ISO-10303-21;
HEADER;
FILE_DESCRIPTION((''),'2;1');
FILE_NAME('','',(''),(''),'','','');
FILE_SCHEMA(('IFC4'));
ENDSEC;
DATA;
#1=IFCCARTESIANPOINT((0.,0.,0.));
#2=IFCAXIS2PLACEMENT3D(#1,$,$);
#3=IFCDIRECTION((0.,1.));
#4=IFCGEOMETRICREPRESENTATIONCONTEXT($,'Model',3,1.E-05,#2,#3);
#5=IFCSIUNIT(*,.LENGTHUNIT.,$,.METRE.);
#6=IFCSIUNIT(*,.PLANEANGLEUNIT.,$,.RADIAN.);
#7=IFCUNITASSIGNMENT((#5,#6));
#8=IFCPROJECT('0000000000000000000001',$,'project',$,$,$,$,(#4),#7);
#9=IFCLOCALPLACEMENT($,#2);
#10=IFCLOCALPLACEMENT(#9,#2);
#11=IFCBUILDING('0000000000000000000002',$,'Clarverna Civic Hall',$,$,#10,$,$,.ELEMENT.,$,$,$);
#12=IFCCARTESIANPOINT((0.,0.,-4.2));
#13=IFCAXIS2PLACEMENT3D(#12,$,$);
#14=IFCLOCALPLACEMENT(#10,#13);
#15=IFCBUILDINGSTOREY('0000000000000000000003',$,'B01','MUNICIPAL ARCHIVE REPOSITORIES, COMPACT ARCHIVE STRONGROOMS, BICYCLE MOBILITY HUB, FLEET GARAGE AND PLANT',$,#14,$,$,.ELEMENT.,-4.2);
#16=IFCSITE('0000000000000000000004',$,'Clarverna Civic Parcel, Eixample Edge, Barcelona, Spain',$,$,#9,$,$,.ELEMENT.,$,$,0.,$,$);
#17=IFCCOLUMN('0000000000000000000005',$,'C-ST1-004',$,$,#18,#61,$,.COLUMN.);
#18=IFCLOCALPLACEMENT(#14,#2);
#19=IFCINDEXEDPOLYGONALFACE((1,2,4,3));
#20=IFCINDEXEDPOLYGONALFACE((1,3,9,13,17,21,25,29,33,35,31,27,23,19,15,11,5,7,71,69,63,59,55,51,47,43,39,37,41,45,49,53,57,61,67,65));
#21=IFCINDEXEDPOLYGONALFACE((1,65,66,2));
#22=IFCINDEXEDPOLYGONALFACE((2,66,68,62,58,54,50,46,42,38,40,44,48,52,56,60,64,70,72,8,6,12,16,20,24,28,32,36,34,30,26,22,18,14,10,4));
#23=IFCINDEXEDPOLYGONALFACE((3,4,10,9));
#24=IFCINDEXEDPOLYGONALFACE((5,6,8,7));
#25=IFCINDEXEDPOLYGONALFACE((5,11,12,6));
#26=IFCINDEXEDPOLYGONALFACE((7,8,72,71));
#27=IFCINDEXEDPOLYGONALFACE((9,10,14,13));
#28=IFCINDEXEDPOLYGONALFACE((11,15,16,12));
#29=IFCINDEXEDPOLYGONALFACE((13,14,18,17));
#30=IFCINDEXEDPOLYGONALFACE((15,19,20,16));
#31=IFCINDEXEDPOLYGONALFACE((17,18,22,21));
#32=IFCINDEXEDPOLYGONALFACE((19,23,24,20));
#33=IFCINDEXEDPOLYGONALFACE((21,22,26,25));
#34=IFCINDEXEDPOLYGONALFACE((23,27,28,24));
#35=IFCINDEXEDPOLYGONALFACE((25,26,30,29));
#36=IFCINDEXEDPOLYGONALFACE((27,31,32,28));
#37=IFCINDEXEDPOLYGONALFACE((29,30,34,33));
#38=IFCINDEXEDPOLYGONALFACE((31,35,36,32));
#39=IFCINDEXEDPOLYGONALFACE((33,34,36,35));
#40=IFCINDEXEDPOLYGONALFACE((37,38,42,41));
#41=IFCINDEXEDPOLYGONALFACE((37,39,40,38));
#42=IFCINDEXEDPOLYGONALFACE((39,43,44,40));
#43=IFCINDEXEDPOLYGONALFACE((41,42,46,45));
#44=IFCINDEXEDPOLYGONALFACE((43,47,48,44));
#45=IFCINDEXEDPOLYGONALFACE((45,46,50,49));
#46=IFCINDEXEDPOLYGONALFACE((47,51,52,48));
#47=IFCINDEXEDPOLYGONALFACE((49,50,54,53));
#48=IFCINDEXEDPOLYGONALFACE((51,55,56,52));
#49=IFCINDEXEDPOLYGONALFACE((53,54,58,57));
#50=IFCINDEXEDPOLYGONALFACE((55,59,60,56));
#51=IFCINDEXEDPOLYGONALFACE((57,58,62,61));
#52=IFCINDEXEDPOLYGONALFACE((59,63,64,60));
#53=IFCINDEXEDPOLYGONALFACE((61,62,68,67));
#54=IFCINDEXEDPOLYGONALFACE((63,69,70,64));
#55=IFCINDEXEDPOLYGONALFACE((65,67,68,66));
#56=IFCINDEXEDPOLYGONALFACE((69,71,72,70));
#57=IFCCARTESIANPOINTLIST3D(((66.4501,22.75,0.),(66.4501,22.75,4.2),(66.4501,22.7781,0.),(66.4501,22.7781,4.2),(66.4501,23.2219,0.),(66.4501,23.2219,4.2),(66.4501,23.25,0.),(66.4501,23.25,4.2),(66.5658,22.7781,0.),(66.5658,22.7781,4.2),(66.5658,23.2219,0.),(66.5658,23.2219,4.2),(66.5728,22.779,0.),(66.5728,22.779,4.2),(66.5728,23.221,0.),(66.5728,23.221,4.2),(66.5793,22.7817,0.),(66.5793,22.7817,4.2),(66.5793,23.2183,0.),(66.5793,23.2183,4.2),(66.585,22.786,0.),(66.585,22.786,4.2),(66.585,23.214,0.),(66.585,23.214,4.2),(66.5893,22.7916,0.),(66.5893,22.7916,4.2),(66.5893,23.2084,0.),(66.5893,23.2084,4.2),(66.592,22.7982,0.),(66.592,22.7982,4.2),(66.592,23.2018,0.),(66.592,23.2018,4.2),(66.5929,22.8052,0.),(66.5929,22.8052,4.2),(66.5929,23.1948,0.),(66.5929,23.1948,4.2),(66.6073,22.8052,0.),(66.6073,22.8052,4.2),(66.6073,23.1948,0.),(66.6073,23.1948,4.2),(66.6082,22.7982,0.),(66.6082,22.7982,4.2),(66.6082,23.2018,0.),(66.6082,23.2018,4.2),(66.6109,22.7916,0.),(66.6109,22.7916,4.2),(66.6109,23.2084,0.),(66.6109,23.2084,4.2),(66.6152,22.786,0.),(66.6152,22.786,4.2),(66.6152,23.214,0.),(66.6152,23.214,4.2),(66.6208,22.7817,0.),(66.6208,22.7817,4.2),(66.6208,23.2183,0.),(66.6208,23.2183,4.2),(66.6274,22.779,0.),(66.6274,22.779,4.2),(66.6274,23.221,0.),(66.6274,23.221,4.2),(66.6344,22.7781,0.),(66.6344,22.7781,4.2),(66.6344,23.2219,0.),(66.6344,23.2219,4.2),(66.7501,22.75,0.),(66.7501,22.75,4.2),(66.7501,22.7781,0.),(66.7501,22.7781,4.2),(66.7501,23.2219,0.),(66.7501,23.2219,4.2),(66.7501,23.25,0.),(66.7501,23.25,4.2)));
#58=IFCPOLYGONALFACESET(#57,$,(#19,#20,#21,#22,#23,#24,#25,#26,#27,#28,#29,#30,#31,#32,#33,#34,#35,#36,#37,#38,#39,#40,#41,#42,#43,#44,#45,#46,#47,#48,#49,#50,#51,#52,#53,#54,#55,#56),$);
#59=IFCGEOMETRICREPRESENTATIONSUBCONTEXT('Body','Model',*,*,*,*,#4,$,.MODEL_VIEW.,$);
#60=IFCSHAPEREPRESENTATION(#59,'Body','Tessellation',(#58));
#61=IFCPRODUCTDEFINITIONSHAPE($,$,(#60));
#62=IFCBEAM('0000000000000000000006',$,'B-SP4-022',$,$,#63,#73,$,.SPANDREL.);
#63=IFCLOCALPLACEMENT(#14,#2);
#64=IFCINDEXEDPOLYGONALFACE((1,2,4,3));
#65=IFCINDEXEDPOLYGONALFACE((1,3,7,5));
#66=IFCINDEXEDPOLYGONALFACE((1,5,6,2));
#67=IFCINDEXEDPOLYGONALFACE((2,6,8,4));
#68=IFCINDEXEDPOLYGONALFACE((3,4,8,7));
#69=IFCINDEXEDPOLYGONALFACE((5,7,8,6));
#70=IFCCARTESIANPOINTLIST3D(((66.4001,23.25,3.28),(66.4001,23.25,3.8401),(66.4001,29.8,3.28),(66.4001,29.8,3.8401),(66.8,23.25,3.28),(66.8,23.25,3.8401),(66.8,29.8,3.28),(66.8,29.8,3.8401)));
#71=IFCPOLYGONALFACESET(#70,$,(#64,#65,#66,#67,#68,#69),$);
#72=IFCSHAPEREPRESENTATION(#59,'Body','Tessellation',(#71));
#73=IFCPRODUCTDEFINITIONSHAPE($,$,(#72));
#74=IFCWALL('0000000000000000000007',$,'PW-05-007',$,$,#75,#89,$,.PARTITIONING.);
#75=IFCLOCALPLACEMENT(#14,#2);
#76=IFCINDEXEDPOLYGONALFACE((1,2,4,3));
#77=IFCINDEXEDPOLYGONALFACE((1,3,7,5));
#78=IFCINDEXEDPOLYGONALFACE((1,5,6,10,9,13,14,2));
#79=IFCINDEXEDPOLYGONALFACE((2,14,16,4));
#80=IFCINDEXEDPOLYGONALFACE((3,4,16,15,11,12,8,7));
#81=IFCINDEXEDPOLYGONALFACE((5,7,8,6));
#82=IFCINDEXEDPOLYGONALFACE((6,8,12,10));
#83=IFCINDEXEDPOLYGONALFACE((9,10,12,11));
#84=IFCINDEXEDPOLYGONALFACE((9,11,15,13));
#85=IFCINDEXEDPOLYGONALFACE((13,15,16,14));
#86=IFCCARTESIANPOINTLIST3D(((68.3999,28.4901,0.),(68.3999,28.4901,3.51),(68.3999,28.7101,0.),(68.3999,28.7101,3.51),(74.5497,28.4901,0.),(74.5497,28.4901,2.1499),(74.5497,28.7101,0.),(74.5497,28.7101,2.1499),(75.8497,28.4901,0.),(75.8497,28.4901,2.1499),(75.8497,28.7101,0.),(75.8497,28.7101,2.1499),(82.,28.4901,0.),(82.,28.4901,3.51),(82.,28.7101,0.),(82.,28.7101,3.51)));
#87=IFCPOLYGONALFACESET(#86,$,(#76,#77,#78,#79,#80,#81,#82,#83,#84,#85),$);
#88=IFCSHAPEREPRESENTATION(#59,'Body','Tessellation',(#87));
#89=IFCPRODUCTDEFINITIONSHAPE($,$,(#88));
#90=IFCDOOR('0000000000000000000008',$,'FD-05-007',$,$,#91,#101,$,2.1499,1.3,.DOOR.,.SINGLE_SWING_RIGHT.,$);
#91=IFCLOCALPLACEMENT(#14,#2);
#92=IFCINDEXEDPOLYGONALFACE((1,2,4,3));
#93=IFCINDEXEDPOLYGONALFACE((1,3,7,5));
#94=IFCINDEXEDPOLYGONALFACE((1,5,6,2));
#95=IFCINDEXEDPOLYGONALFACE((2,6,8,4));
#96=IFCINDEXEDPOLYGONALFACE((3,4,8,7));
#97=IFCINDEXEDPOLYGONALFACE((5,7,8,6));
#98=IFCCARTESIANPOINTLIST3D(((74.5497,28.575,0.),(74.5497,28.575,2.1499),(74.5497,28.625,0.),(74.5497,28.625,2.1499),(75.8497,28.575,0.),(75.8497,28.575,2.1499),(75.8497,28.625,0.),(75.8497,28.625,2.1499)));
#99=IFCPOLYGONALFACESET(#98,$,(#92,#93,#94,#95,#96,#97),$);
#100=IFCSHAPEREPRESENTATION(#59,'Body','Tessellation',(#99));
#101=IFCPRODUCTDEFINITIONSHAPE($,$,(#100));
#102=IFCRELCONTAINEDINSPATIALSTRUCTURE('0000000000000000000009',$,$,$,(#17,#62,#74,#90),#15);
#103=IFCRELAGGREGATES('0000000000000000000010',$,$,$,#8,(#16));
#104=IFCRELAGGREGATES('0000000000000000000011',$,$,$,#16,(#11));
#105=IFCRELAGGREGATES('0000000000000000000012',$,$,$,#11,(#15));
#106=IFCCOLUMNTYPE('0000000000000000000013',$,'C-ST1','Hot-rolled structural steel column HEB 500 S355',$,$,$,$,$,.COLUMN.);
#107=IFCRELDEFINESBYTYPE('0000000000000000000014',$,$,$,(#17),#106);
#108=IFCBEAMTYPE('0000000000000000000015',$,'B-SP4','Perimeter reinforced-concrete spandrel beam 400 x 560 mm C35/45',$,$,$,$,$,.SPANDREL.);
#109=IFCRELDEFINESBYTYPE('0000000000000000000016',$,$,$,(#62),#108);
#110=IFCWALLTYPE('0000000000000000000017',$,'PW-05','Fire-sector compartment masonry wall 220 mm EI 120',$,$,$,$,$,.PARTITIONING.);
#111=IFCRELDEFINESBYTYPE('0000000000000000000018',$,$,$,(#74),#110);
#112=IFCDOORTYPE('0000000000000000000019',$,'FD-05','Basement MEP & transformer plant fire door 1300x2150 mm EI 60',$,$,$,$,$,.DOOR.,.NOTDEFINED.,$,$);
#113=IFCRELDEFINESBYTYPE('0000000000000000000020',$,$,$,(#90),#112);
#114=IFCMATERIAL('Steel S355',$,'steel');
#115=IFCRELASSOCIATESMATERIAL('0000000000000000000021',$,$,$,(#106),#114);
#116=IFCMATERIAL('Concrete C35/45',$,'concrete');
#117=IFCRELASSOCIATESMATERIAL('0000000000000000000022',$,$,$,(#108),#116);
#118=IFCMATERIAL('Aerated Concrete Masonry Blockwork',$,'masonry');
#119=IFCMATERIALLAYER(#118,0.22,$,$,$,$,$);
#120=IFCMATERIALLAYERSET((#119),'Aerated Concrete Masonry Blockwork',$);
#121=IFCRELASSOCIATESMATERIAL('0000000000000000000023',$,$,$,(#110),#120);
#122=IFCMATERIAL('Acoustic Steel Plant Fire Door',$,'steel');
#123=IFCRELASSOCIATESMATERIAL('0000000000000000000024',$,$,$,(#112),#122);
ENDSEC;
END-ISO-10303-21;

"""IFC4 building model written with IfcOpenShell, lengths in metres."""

from ifc_helpers import new_model, si_unit, direction, frame, frame_2d, origin, origin_2d, place, context, subcontext, project, spatial, rectangle, i_section, extrude, material, layer, layer_set, material_profile, profile_set, type_object, element, fill, save


model = new_model("IFC4")

# Units and contexts
model_context = context("Model", 3, precision=1e-05, world=origin(), true_north=direction((0.0, 1.0)))
body_context = subcontext(model_context, "Body", "Model", "MODEL_VIEW")
ifc_project = project(units=[si_unit("LENGTHUNIT", "METRE"), si_unit("PLANEANGLEUNIT", "RADIAN")], contexts=[model_context])

# Site, building, storey
site_placement = place(None, origin())
site = spatial("IfcSite", under=ifc_project, at=site_placement, Name="Clarverna Civic Parcel, Eixample Edge, Barcelona, Spain", CompositionType="ELEMENT", RefElevation=0.0)
building_placement = place(site_placement, origin())
building = spatial("IfcBuilding", under=site, at=building_placement, Name="Clarverna Civic Hall", CompositionType="ELEMENT")
storey_placement = place(building_placement, frame((0.0, 0.0, -4.2)))
storey = spatial("IfcBuildingStorey", under=building, at=storey_placement, Name="B01", Description="MUNICIPAL ARCHIVE REPOSITORIES, COMPACT ARCHIVE STRONGROOMS, BICYCLE MOBILITY HUB, FLEET GARAGE AND PLANT", CompositionType="ELEMENT", Elevation=-4.2)

# Column
ifc_material_1 = material(Name="Steel S355", Category="steel")
ifc_material_profile_1 = material_profile(ifc_material_1, i_section(OverallWidth=0.3, OverallDepth=0.5, WebThickness=0.0144, FlangeThickness=0.0281, FilletRadius=0.0271, at=origin_2d()), Name="HEB 500")
ifc_profile_set_1 = profile_set([ifc_material_profile_1], Name="Steel S355")
column_type_1 = type_object("IfcColumnType", Name="C-ST1", Description="Hot-rolled structural steel column HEB 500 S355", PredefinedType="COLUMN", material=ifc_profile_set_1)
column_1_placement = place(storey_placement, frame((66.6001, 23.0, 0.0), z_axis=(0.0, 0.0, 1.0), x_axis=(1.0, 0.0, 0.0)))
element("IfcColumn", 1, at=column_1_placement, inside=storey, type_object=column_type_1, Name="C-ST1-004", PredefinedType="COLUMN", context=body_context, shape_type="SweptSolid", body=[
    extrude(i_section(OverallWidth=0.3, OverallDepth=0.5, WebThickness=0.0144, FlangeThickness=0.0281, FilletRadius=0.0271, at=origin_2d()), origin(), (0.0, 0.0, 1.0), 4.2),
])

# Beam
ifc_material_2 = material(Name="Concrete C35/45", Category="concrete")
ifc_material_profile_2 = material_profile(ifc_material_2, rectangle(XDim=0.3999, YDim=0.5601, at=origin_2d()), Name="RC 400x560")
ifc_profile_set_2 = profile_set([ifc_material_profile_2], Name="Concrete C35/45")
beam_type = type_object("IfcBeamType", Name="B-SP4", Description="Perimeter reinforced-concrete spandrel beam 400 x 560 mm C35/45", PredefinedType="SPANDREL", material=ifc_profile_set_2)
beam_placement = place(storey_placement, frame((66.6001, 23.25, 3.5601), z_axis=(0.0, 1.0, 0.0), x_axis=(-1.0, 0.0, 0.0)))
element("IfcBeam", 2, at=beam_placement, inside=storey, type_object=beam_type, Name="B-SP4-022", PredefinedType="SPANDREL", context=body_context, shape_type="SweptSolid", body=[
    extrude(rectangle(XDim=0.3999, YDim=0.5601, at=origin_2d()), origin(), (0.0, 0.0, 1.0), 6.55),
])

# Wall, opening, door
ifc_material_3 = material(Name="Aerated Concrete Masonry Blockwork", Category="masonry")
ifc_layer = layer(ifc_material_3, 0.22)
ifc_layer_set = layer_set([ifc_layer], Name="Aerated Concrete Masonry Blockwork")
wall_type = type_object("IfcWallType", Name="PW-05", Description="Fire-sector compartment masonry wall 220 mm EI 120", PredefinedType="PARTITIONING", material=ifc_layer_set)
wall_placement = place(storey_placement, frame((68.3999, 28.6001, 0.0), z_axis=(0.0, 0.0, 1.0), x_axis=(1.0, 0.0, 0.0)))
wall = element("IfcWall", 3, at=wall_placement, inside=storey, type_object=wall_type, Name="PW-05-007", PredefinedType="PARTITIONING", context=body_context, shape_type="SweptSolid", body=[
    extrude(rectangle(XDim=13.6001, YDim=0.22, at=frame_2d((6.8, 0.0))), origin(), (0.0, 0.0, 1.0), 3.51),
])
opening_placement = place(wall_placement, frame((6.1499, 0.0, 0.0)))
opening = element("IfcOpeningElement", 4, at=opening_placement, cuts=wall, PredefinedType="OPENING", context=body_context, shape_type="SweptSolid", body=[
    extrude(rectangle(XDim=1.3, YDim=2.1499, at=frame_2d((0.6499, 1.075))), frame((0.0, 0.1199, 0.0), z_axis=(0.0, -1.0, 0.0), x_axis=(1.0, 0.0, 0.0)), (0.0, 0.0, 1.0), 0.24),
])
ifc_material_4 = material(Name="Acoustic Steel Plant Fire Door", Category="steel")
door_type = type_object("IfcDoorType", Name="FD-05", Description="Basement MEP & transformer plant fire door 1300x2150 mm EI 60", OperationType="NOTDEFINED", PredefinedType="DOOR", material=ifc_material_4)
door_placement = place(opening_placement, origin())
door = element("IfcDoor", 5, at=door_placement, inside=storey, type_object=door_type, Name="FD-05-007", OperationType="SINGLE_SWING_RIGHT", OverallHeight=2.1499, OverallWidth=1.3, PredefinedType="DOOR", context=body_context, shape_type="SweptSolid", body=[
    extrude(rectangle(XDim=1.3, YDim=2.1499, at=frame_2d((0.6499, 1.075))), frame((0.0, 0.0249, 0.0), z_axis=(0.0, -1.0, 0.0), x_axis=(1.0, 0.0, 0.0)), (0.0, 0.0, 1.0), 0.05),
])
fill(opening, door)

save(model, "model.ifc")
